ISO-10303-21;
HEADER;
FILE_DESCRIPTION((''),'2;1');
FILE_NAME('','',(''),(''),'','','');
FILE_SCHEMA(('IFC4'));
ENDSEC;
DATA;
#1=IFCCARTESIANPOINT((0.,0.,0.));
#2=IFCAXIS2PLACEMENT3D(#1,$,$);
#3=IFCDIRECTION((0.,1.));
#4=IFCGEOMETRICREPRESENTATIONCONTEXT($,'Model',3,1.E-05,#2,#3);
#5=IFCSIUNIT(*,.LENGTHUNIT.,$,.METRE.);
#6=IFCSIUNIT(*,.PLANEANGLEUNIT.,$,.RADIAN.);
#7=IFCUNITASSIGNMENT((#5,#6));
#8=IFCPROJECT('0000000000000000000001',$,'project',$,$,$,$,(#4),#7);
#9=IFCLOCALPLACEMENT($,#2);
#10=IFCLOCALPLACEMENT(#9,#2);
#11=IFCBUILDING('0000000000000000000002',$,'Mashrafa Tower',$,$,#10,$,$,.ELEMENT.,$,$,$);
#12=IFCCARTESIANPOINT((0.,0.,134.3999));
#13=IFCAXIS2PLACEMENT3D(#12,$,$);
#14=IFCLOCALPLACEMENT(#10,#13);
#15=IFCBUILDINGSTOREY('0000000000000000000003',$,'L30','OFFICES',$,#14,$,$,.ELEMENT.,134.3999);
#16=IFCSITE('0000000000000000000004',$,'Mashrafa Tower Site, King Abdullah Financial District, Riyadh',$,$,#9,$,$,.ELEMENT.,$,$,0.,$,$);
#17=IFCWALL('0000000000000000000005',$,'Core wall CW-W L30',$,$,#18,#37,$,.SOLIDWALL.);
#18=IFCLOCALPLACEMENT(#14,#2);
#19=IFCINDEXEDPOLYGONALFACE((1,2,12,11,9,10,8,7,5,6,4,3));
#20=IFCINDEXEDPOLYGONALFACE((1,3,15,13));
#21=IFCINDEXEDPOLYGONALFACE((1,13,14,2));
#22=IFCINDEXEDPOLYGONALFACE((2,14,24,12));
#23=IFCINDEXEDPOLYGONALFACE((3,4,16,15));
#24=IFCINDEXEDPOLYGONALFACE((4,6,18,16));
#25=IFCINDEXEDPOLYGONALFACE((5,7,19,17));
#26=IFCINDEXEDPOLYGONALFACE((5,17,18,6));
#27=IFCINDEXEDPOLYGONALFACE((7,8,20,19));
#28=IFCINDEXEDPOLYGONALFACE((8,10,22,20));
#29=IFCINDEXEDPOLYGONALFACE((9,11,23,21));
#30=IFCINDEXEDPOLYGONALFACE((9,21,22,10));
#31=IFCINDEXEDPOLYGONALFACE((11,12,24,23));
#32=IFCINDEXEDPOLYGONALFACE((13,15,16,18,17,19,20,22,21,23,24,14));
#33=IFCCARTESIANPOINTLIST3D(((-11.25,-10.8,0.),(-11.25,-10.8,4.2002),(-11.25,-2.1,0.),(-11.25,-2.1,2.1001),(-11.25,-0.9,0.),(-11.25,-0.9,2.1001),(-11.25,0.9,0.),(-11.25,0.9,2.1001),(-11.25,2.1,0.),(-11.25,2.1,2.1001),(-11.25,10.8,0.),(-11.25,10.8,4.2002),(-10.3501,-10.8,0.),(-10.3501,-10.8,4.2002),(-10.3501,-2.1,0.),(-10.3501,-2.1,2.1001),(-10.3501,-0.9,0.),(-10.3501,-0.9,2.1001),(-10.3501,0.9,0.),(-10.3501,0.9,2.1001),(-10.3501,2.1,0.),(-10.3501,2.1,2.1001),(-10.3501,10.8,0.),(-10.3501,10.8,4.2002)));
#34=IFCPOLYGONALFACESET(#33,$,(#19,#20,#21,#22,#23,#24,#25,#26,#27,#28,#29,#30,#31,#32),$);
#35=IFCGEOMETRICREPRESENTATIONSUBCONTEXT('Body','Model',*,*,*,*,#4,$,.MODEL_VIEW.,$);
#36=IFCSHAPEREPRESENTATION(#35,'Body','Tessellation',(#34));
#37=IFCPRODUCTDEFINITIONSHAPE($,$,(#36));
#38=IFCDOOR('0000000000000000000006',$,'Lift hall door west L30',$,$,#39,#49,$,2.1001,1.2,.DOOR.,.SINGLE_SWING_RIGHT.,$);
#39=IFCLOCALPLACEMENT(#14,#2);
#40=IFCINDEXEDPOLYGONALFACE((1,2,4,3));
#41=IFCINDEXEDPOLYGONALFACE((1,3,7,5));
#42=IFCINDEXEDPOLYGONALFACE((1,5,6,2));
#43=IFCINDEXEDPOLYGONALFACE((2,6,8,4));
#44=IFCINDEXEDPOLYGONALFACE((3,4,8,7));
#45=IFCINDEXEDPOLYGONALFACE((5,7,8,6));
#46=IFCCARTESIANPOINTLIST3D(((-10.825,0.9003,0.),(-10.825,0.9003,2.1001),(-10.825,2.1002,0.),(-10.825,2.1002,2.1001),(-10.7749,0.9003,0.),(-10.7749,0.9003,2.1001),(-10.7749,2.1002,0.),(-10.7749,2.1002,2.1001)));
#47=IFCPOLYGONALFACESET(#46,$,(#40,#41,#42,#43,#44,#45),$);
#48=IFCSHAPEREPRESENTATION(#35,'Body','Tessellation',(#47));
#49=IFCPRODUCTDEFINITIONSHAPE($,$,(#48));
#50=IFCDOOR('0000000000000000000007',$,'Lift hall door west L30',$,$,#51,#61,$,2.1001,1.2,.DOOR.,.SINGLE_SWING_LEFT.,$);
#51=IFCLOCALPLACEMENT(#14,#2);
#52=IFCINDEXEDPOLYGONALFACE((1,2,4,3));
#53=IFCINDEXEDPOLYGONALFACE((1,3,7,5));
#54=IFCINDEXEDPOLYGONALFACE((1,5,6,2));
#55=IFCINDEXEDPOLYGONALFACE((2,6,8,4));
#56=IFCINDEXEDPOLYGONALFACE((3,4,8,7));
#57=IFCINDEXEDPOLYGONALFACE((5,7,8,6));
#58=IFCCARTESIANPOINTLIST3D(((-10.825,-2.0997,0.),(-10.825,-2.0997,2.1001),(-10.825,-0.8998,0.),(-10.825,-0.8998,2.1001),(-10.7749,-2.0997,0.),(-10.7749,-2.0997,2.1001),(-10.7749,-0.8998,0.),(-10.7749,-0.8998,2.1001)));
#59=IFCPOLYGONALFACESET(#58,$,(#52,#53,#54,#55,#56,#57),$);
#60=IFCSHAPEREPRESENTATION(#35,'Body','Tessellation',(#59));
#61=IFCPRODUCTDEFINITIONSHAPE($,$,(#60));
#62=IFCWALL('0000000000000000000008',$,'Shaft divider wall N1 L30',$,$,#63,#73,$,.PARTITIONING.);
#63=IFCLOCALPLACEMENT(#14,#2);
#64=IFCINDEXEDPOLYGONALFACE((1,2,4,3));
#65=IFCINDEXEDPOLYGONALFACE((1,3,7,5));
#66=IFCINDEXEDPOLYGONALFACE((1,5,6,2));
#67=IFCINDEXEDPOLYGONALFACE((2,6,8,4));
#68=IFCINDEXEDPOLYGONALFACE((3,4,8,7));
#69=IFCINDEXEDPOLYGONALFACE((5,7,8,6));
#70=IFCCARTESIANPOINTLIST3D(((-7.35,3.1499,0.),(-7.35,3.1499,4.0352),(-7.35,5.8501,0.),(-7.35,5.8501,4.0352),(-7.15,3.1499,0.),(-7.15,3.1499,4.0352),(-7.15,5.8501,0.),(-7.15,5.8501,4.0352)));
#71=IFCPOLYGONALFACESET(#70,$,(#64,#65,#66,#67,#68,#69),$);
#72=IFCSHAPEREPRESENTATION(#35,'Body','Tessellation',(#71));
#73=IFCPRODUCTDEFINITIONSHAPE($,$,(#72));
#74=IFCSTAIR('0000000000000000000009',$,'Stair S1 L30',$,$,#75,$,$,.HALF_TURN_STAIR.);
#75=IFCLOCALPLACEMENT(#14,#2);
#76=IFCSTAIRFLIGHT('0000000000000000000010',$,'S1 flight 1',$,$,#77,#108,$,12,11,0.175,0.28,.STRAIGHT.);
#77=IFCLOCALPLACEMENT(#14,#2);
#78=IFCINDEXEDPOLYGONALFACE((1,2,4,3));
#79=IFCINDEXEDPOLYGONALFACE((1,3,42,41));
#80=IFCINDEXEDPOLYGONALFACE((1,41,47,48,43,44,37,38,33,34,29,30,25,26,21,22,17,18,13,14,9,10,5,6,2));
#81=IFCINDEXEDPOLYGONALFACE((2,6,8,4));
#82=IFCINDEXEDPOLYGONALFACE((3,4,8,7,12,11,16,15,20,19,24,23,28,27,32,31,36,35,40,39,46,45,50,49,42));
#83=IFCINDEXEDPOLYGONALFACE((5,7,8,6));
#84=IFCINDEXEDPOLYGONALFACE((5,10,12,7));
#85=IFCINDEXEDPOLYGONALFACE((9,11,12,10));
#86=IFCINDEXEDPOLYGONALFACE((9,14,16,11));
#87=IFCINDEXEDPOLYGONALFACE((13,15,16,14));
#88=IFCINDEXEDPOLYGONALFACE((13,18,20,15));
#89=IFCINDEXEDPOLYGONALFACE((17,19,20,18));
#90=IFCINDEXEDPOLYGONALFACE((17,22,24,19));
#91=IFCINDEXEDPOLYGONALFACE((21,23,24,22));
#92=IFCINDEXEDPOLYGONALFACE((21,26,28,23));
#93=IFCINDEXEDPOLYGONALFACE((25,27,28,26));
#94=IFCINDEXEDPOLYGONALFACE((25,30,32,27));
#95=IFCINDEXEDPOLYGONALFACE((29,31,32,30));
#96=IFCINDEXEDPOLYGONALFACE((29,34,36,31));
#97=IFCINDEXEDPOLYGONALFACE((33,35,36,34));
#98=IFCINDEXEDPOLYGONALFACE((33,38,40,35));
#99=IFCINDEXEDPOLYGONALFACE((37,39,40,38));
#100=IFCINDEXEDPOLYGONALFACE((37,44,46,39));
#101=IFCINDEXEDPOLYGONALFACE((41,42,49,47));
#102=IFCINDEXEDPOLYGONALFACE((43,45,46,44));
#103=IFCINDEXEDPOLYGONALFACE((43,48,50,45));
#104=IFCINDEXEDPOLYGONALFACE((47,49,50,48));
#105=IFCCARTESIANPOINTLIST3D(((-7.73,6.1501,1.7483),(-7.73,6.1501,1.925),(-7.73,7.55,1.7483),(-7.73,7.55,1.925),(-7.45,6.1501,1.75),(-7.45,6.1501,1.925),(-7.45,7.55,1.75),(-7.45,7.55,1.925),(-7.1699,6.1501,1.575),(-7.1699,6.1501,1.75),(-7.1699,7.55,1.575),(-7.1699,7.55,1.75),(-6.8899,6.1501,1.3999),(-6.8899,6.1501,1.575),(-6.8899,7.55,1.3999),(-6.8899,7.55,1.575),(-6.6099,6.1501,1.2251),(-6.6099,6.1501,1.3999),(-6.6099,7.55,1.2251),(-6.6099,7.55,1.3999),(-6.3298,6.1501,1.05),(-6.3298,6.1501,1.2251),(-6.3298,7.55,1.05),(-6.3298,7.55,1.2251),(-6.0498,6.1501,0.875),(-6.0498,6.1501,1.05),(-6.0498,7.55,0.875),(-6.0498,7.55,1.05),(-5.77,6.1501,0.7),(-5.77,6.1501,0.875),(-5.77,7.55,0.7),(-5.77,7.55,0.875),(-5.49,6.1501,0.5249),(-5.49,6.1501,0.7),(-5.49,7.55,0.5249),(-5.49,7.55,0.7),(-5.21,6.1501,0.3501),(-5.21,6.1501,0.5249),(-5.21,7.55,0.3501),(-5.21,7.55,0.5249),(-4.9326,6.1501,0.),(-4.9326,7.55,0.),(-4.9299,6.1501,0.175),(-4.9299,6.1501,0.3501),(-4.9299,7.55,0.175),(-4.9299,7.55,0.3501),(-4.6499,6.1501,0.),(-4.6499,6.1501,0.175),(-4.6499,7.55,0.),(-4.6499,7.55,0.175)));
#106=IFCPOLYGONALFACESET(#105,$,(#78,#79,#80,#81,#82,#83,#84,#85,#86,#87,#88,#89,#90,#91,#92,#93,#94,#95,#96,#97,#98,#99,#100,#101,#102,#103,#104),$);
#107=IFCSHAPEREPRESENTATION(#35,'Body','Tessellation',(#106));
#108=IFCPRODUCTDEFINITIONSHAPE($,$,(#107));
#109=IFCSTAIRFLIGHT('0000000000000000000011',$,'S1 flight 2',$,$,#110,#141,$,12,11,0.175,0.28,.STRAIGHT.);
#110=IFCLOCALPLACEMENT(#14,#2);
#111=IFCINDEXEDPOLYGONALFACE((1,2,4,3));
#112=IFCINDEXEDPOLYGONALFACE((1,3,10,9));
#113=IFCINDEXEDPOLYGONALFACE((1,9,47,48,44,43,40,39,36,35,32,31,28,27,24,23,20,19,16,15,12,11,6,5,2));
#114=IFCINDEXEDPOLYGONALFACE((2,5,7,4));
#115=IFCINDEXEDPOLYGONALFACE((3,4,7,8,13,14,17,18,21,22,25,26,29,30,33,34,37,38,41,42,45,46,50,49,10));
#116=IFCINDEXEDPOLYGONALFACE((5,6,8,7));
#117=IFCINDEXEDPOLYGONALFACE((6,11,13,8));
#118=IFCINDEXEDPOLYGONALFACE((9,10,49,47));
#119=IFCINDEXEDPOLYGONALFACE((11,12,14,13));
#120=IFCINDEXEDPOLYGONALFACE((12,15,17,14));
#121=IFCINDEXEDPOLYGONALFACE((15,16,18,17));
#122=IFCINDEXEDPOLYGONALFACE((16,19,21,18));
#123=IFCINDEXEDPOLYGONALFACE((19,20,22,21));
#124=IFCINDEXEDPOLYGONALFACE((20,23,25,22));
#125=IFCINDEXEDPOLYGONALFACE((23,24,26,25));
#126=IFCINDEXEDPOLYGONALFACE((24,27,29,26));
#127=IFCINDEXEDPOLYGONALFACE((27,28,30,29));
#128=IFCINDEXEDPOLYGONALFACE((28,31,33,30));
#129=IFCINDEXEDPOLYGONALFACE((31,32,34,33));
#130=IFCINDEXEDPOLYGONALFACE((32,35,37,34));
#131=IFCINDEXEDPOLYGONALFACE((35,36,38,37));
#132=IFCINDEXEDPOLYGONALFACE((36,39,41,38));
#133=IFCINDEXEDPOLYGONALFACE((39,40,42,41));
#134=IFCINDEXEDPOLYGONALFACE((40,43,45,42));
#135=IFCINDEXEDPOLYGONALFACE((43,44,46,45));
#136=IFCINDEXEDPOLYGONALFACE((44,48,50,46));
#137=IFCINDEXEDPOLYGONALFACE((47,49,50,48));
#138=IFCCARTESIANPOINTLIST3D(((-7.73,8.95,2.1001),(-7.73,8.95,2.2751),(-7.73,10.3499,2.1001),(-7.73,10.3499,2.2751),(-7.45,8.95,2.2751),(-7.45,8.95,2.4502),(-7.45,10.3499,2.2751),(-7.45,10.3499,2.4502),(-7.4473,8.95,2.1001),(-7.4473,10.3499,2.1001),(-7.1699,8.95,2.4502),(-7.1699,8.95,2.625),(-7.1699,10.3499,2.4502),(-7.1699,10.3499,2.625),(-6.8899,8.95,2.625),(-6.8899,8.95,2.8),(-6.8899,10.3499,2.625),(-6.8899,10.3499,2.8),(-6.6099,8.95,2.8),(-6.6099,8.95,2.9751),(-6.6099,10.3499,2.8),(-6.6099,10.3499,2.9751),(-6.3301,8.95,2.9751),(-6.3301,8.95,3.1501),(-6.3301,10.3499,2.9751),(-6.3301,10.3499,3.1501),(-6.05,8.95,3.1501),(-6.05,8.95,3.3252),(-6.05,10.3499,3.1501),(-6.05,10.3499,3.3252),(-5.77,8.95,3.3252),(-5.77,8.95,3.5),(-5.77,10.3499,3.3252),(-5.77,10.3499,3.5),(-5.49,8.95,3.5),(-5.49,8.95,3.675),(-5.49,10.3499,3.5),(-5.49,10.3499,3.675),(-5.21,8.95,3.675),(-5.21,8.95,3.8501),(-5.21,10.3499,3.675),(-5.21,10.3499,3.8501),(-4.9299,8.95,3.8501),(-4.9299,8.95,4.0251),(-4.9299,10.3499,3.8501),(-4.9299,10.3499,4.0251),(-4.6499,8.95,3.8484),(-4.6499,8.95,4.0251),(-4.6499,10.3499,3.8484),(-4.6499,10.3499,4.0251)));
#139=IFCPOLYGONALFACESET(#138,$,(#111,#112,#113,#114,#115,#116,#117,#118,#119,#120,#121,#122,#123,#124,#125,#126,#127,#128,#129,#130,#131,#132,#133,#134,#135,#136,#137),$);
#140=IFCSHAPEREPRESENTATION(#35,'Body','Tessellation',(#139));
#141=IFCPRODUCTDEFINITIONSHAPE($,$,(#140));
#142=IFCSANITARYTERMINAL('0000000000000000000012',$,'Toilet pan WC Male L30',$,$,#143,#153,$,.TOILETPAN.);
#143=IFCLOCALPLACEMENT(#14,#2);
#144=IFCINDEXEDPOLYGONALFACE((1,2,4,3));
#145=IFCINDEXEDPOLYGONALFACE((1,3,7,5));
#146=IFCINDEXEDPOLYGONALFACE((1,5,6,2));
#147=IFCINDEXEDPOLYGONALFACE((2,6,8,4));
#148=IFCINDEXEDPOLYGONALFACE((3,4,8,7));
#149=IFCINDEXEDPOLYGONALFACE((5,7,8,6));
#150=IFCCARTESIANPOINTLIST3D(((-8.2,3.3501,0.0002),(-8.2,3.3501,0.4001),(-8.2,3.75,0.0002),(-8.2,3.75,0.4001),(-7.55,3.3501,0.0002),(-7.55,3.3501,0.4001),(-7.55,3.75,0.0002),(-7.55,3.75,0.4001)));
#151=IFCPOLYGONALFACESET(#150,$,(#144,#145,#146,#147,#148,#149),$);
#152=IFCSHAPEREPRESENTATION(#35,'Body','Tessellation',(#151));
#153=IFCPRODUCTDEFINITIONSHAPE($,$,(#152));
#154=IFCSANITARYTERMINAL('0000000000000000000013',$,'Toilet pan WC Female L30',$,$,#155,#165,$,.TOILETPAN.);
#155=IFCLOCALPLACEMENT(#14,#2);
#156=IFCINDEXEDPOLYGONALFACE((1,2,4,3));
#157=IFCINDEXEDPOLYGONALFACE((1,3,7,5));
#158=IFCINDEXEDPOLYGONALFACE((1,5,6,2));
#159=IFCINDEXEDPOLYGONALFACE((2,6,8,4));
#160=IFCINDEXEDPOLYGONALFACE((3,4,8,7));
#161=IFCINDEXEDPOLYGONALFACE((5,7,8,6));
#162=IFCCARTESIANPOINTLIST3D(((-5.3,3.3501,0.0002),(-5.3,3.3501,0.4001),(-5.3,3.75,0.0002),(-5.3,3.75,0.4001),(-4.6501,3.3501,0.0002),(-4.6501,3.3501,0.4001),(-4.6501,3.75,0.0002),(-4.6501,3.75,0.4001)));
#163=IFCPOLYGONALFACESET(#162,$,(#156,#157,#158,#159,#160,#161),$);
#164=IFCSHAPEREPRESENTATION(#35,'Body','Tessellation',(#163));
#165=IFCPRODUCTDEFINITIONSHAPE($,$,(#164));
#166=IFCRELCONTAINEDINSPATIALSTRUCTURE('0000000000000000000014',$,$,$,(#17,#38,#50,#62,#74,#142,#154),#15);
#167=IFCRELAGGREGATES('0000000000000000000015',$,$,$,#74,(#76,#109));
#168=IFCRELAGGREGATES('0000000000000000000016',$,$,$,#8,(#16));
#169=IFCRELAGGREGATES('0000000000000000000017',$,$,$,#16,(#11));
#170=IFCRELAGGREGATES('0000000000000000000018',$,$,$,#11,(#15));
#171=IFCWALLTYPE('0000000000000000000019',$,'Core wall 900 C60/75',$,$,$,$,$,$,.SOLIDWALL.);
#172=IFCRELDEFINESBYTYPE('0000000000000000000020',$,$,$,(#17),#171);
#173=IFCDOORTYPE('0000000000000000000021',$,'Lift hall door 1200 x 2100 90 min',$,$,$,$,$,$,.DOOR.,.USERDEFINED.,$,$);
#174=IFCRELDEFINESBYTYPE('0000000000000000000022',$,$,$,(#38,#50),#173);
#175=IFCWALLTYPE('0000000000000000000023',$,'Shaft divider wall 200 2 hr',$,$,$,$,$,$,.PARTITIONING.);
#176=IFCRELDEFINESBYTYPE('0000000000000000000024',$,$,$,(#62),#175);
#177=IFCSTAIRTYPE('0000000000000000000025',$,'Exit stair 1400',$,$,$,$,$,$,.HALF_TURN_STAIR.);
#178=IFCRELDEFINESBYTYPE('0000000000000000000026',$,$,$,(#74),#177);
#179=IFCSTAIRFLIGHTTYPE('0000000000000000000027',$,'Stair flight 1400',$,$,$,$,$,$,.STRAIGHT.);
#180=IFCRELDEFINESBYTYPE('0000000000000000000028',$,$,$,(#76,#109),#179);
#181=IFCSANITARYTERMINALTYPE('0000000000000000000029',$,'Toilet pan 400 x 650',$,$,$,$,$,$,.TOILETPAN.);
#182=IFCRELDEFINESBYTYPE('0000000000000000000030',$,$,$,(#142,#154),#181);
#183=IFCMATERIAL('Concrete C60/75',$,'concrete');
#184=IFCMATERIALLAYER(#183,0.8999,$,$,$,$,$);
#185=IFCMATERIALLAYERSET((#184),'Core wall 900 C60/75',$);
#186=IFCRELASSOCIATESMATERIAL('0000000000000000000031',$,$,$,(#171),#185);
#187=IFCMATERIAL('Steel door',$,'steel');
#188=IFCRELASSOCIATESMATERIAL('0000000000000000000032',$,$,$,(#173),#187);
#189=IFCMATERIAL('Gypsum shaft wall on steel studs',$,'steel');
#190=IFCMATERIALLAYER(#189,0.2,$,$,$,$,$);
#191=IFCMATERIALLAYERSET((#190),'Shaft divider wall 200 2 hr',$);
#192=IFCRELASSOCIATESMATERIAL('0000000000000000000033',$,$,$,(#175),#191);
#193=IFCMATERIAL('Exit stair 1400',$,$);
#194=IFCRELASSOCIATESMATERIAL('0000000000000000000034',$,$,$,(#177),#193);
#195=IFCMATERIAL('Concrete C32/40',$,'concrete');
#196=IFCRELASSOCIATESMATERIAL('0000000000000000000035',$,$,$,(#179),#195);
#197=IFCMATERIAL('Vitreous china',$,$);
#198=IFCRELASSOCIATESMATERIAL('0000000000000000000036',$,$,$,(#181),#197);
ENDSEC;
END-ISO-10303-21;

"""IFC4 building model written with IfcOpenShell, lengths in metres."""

from ifc_helpers import new_model, si_unit, direction, frame, frame_2d, origin, origin_2d, place, context, subcontext, project, spatial, polyline, rectangle, outline, extrude, material, layer, layer_set, type_object, element, fill, aggregate, save


model = new_model("IFC4")

# Units and contexts
model_context = context("Model", 3, precision=1e-05, world=origin(), true_north=direction((0.0, 1.0)))
body_context = subcontext(model_context, "Body", "Model", "MODEL_VIEW")
ifc_project = project(units=[si_unit("LENGTHUNIT", "METRE"), si_unit("PLANEANGLEUNIT", "RADIAN")], contexts=[model_context])

# Site, building, storey
site_placement = place(None, origin())
site = spatial("IfcSite", under=ifc_project, at=site_placement, Name="Mashrafa Tower Site, King Abdullah Financial District, Riyadh", CompositionType="ELEMENT", RefElevation=0.0)
building_placement = place(site_placement, origin())
building = spatial("IfcBuilding", under=site, at=building_placement, Name="Mashrafa Tower", CompositionType="ELEMENT")
storey_placement = place(building_placement, frame((0.0, 0.0, 134.3999)))
storey = spatial("IfcBuildingStorey", under=building, at=storey_placement, Name="L30", Description="OFFICES", CompositionType="ELEMENT", Elevation=134.3999)

# Wall, openings, doors
ifc_material_1 = material(Name="Concrete C60/75", Category="concrete")
ifc_layer_1 = layer(ifc_material_1, 0.8999)
ifc_layer_set_1 = layer_set([ifc_layer_1], Name="Core wall 900 C60/75")
wall_type_1 = type_object("IfcWallType", Name="Core wall 900 C60/75", PredefinedType="SOLIDWALL", material=ifc_layer_set_1)
wall_1_placement = place(storey_placement, frame((-10.8, 10.8, 0.0), z_axis=(0.0, 0.0, 1.0), x_axis=(0.0, -1.0, 0.0)))
wall_1 = element("IfcWall", 1, at=wall_1_placement, inside=storey, type_object=wall_type_1, Name="Core wall CW-W L30", PredefinedType="SOLIDWALL", context=body_context, shape_type="SweptSolid", body=[
    extrude(rectangle(XDim=21.6001, YDim=0.8999, at=frame_2d((10.8, 0.0))), origin(), (0.0, 0.0, 1.0), 4.2002),
])
opening_1_placement = place(wall_1_placement, frame((8.7, 0.0, 0.0)))
opening_1 = element("IfcOpeningElement", 2, at=opening_1_placement, cuts=wall_1, PredefinedType="OPENING", context=body_context, shape_type="SweptSolid", body=[
    extrude(rectangle(XDim=1.2, YDim=2.1001, at=frame_2d((0.6001, 1.05))), frame((0.0, 0.46, 0.0), z_axis=(0.0, -1.0, 0.0), x_axis=(1.0, 0.0, 0.0)), (0.0, 0.0, 1.0), 0.9199),
])
opening_2_placement = place(wall_1_placement, frame((11.7, 0.0, 0.0)))
opening_2 = element("IfcOpeningElement", 3, at=opening_2_placement, cuts=wall_1, PredefinedType="OPENING", context=body_context, shape_type="SweptSolid", body=[
    extrude(rectangle(XDim=1.2, YDim=2.1001, at=frame_2d((0.6001, 1.05))), frame((0.0, 0.46, 0.0), z_axis=(0.0, -1.0, 0.0), x_axis=(1.0, 0.0, 0.0)), (0.0, 0.0, 1.0), 0.9199),
])
ifc_material_2 = material(Name="Steel door", Category="steel")
door_type_1 = type_object("IfcDoorType", Name="Lift hall door 1200 x 2100 90 min", OperationType="USERDEFINED", PredefinedType="DOOR", material=ifc_material_2)
door_1_placement = place(opening_1_placement, frame((1.2, 0.0, 0.0), z_axis=(0.0, 0.0, 1.0), x_axis=(-1.0, 0.0, 0.0)))
door_1 = element("IfcDoor", 4, at=door_1_placement, inside=storey, type_object=door_type_1, Name="Lift hall door west L30", OperationType="SINGLE_SWING_RIGHT", OverallHeight=2.1001, OverallWidth=1.2, PredefinedType="DOOR", context=body_context, shape_type="SweptSolid", body=[
    extrude(rectangle(XDim=1.2, YDim=2.1001, at=frame_2d((0.6001, 1.05))), frame((0.0, 0.0249, 0.0), z_axis=(0.0, -1.0, 0.0), x_axis=(1.0, 0.0, 0.0)), (0.0, 0.0, 1.0), 0.05),
])
fill(opening_1, door_1)
door_2_placement = place(opening_2_placement, frame((1.2, 0.0, 0.0), z_axis=(0.0, 0.0, 1.0), x_axis=(-1.0, 0.0, 0.0)))
door_2 = element("IfcDoor", 5, at=door_2_placement, inside=storey, type_object=door_type_1, Name="Lift hall door west L30", OperationType="SINGLE_SWING_LEFT", OverallHeight=2.1001, OverallWidth=1.2, PredefinedType="DOOR", context=body_context, shape_type="SweptSolid", body=[
    extrude(rectangle(XDim=1.2, YDim=2.1001, at=frame_2d((0.6001, 1.05))), frame((0.0, 0.0249, 0.0), z_axis=(0.0, -1.0, 0.0), x_axis=(1.0, 0.0, 0.0)), (0.0, 0.0, 1.0), 0.05),
])
fill(opening_2, door_2)

# Wall
ifc_material_3 = material(Name="Gypsum shaft wall on steel studs", Category="steel")
ifc_layer_2 = layer(ifc_material_3, 0.2)
ifc_layer_set_2 = layer_set([ifc_layer_2], Name="Shaft divider wall 200 2 hr")
wall_type_2 = type_object("IfcWallType", Name="Shaft divider wall 200 2 hr", PredefinedType="PARTITIONING", material=ifc_layer_set_2)
wall_2_placement = place(storey_placement, frame((-7.25, 3.1499, 0.0), z_axis=(0.0, 0.0, 1.0), x_axis=(0.0, 1.0, 0.0)))
element("IfcWall", 6, at=wall_2_placement, inside=storey, type_object=wall_type_2, Name="Shaft divider wall N1 L30", PredefinedType="PARTITIONING", context=body_context, shape_type="SweptSolid", body=[
    extrude(rectangle(XDim=2.7002, YDim=0.2, at=frame_2d((1.3501, 0.0))), origin(), (0.0, 0.0, 1.0), 4.0352),
])

# Stair, stair flights
ifc_material_4 = material(Name="Exit stair 1400")
stair_type = type_object("IfcStairType", Name="Exit stair 1400", PredefinedType="HALF_TURN_STAIR", material=ifc_material_4)
stair_placement = place(storey_placement, origin())
stair = element("IfcStair", 7, at=stair_placement, inside=storey, type_object=stair_type, Name="Stair S1 L30", PredefinedType="HALF_TURN_STAIR")
ifc_material_5 = material(Name="Concrete C32/40", Category="concrete")
stair_flight_type = type_object("IfcStairFlightType", Name="Stair flight 1400", PredefinedType="STRAIGHT", material=ifc_material_5)
stair_flight_1_placement = place(storey_placement, frame((-4.6499, 6.8501, 0.0), z_axis=(0.0, 0.0, 1.0), x_axis=(-1.0, 0.0, 0.0)))
stair_flight_1 = element("IfcStairFlight", 8, at=stair_flight_1_placement, type_object=stair_flight_type, Name="S1 flight 1", NumberOfRisers=12, NumberOfTreads=11, PredefinedType="STRAIGHT", RiserHeight=0.175, TreadLength=0.28, context=body_context, shape_type="SweptSolid", body=[
    extrude(outline(polyline([(0.0, 0.0), (0.0, 0.175), (0.28, 0.175), (0.28, 0.3501), (0.5601, 0.3501), (0.5601, 0.5249), (0.8401, 0.5249), (0.8401, 0.7), (1.1201, 0.7), (1.1201, 0.875), (1.3999, 0.875), (1.3999, 1.05), (1.6799, 1.05), (1.6799, 1.2251), (1.96, 1.2251), (1.96, 1.3999), (2.24, 1.3999), (2.24, 1.575), (2.52, 1.575), (2.52, 1.75), (2.8, 1.75), (2.8, 1.925), (3.0801, 1.925), (3.0801, 2.1001), (3.0801, 1.7483), (0.2827, 0.0), (0.0, 0.0)])), frame((0.0, 0.7, 0.0), z_axis=(0.0, -1.0, 0.0), x_axis=(1.0, 0.0, 0.0)), (0.0, 0.0, 1.0), 1.3999),
])
stair_flight_2_placement = place(storey_placement, frame((-7.73, 9.6499, 2.1001), z_axis=(0.0, 0.0, 1.0), x_axis=(1.0, 0.0, 0.0)))
stair_flight_2 = element("IfcStairFlight", 9, at=stair_flight_2_placement, type_object=stair_flight_type, Name="S1 flight 2", NumberOfRisers=12, NumberOfTreads=11, PredefinedType="STRAIGHT", RiserHeight=0.175, TreadLength=0.28, context=body_context, shape_type="SweptSolid", body=[
    extrude(outline(polyline([(0.0, 0.0), (0.0, 0.175), (0.28, 0.175), (0.28, 0.3501), (0.5601, 0.3501), (0.5601, 0.5249), (0.8401, 0.5249), (0.8401, 0.7), (1.1201, 0.7), (1.1201, 0.875), (1.3999, 0.875), (1.3999, 1.05), (1.6799, 1.05), (1.6799, 1.2251), (1.96, 1.2251), (1.96, 1.3999), (2.24, 1.3999), (2.24, 1.575), (2.52, 1.575), (2.52, 1.75), (2.8, 1.75), (2.8, 1.925), (3.0801, 1.925), (3.0801, 2.1001), (3.0801, 1.7483), (0.2827, 0.0), (0.0, 0.0)])), frame((0.0, 0.7, 0.0), z_axis=(0.0, -1.0, 0.0), x_axis=(1.0, 0.0, 0.0)), (0.0, 0.0, 1.0), 1.3999),
])
aggregate(stair, [stair_flight_1, stair_flight_2])

# Sanitary terminals
ifc_material_6 = material(Name="Vitreous china")
sanitary_terminal_type_1 = type_object("IfcSanitaryTerminalType", Name="Toilet pan 400 x 650", PredefinedType="TOILETPAN", material=ifc_material_6)
for number, where, z_axis, x_axis, name in (
    (10, (-7.875, 3.55, 0.0002), (0.0, 0.0, 1.0), (0.0, 1.0, 0.0), "Toilet pan WC Male L30"),
    (11, (-4.9751, 3.55, 0.0002), (0.0, 0.0, 1.0), (0.0, 1.0, 0.0), "Toilet pan WC Female L30"),
):
    element("IfcSanitaryTerminal", number, at=place(storey_placement, frame(where, z_axis=z_axis, x_axis=x_axis)), inside=storey, type_object=sanitary_terminal_type_1, Name=name, PredefinedType="TOILETPAN", context=body_context, shape_type="SweptSolid", body=[
        extrude(rectangle(XDim=0.3999, YDim=0.6499, at=origin_2d()), origin(), (0.0, 0.0, 1.0), 0.3999),
    ])

save(model, "model.ifc")
